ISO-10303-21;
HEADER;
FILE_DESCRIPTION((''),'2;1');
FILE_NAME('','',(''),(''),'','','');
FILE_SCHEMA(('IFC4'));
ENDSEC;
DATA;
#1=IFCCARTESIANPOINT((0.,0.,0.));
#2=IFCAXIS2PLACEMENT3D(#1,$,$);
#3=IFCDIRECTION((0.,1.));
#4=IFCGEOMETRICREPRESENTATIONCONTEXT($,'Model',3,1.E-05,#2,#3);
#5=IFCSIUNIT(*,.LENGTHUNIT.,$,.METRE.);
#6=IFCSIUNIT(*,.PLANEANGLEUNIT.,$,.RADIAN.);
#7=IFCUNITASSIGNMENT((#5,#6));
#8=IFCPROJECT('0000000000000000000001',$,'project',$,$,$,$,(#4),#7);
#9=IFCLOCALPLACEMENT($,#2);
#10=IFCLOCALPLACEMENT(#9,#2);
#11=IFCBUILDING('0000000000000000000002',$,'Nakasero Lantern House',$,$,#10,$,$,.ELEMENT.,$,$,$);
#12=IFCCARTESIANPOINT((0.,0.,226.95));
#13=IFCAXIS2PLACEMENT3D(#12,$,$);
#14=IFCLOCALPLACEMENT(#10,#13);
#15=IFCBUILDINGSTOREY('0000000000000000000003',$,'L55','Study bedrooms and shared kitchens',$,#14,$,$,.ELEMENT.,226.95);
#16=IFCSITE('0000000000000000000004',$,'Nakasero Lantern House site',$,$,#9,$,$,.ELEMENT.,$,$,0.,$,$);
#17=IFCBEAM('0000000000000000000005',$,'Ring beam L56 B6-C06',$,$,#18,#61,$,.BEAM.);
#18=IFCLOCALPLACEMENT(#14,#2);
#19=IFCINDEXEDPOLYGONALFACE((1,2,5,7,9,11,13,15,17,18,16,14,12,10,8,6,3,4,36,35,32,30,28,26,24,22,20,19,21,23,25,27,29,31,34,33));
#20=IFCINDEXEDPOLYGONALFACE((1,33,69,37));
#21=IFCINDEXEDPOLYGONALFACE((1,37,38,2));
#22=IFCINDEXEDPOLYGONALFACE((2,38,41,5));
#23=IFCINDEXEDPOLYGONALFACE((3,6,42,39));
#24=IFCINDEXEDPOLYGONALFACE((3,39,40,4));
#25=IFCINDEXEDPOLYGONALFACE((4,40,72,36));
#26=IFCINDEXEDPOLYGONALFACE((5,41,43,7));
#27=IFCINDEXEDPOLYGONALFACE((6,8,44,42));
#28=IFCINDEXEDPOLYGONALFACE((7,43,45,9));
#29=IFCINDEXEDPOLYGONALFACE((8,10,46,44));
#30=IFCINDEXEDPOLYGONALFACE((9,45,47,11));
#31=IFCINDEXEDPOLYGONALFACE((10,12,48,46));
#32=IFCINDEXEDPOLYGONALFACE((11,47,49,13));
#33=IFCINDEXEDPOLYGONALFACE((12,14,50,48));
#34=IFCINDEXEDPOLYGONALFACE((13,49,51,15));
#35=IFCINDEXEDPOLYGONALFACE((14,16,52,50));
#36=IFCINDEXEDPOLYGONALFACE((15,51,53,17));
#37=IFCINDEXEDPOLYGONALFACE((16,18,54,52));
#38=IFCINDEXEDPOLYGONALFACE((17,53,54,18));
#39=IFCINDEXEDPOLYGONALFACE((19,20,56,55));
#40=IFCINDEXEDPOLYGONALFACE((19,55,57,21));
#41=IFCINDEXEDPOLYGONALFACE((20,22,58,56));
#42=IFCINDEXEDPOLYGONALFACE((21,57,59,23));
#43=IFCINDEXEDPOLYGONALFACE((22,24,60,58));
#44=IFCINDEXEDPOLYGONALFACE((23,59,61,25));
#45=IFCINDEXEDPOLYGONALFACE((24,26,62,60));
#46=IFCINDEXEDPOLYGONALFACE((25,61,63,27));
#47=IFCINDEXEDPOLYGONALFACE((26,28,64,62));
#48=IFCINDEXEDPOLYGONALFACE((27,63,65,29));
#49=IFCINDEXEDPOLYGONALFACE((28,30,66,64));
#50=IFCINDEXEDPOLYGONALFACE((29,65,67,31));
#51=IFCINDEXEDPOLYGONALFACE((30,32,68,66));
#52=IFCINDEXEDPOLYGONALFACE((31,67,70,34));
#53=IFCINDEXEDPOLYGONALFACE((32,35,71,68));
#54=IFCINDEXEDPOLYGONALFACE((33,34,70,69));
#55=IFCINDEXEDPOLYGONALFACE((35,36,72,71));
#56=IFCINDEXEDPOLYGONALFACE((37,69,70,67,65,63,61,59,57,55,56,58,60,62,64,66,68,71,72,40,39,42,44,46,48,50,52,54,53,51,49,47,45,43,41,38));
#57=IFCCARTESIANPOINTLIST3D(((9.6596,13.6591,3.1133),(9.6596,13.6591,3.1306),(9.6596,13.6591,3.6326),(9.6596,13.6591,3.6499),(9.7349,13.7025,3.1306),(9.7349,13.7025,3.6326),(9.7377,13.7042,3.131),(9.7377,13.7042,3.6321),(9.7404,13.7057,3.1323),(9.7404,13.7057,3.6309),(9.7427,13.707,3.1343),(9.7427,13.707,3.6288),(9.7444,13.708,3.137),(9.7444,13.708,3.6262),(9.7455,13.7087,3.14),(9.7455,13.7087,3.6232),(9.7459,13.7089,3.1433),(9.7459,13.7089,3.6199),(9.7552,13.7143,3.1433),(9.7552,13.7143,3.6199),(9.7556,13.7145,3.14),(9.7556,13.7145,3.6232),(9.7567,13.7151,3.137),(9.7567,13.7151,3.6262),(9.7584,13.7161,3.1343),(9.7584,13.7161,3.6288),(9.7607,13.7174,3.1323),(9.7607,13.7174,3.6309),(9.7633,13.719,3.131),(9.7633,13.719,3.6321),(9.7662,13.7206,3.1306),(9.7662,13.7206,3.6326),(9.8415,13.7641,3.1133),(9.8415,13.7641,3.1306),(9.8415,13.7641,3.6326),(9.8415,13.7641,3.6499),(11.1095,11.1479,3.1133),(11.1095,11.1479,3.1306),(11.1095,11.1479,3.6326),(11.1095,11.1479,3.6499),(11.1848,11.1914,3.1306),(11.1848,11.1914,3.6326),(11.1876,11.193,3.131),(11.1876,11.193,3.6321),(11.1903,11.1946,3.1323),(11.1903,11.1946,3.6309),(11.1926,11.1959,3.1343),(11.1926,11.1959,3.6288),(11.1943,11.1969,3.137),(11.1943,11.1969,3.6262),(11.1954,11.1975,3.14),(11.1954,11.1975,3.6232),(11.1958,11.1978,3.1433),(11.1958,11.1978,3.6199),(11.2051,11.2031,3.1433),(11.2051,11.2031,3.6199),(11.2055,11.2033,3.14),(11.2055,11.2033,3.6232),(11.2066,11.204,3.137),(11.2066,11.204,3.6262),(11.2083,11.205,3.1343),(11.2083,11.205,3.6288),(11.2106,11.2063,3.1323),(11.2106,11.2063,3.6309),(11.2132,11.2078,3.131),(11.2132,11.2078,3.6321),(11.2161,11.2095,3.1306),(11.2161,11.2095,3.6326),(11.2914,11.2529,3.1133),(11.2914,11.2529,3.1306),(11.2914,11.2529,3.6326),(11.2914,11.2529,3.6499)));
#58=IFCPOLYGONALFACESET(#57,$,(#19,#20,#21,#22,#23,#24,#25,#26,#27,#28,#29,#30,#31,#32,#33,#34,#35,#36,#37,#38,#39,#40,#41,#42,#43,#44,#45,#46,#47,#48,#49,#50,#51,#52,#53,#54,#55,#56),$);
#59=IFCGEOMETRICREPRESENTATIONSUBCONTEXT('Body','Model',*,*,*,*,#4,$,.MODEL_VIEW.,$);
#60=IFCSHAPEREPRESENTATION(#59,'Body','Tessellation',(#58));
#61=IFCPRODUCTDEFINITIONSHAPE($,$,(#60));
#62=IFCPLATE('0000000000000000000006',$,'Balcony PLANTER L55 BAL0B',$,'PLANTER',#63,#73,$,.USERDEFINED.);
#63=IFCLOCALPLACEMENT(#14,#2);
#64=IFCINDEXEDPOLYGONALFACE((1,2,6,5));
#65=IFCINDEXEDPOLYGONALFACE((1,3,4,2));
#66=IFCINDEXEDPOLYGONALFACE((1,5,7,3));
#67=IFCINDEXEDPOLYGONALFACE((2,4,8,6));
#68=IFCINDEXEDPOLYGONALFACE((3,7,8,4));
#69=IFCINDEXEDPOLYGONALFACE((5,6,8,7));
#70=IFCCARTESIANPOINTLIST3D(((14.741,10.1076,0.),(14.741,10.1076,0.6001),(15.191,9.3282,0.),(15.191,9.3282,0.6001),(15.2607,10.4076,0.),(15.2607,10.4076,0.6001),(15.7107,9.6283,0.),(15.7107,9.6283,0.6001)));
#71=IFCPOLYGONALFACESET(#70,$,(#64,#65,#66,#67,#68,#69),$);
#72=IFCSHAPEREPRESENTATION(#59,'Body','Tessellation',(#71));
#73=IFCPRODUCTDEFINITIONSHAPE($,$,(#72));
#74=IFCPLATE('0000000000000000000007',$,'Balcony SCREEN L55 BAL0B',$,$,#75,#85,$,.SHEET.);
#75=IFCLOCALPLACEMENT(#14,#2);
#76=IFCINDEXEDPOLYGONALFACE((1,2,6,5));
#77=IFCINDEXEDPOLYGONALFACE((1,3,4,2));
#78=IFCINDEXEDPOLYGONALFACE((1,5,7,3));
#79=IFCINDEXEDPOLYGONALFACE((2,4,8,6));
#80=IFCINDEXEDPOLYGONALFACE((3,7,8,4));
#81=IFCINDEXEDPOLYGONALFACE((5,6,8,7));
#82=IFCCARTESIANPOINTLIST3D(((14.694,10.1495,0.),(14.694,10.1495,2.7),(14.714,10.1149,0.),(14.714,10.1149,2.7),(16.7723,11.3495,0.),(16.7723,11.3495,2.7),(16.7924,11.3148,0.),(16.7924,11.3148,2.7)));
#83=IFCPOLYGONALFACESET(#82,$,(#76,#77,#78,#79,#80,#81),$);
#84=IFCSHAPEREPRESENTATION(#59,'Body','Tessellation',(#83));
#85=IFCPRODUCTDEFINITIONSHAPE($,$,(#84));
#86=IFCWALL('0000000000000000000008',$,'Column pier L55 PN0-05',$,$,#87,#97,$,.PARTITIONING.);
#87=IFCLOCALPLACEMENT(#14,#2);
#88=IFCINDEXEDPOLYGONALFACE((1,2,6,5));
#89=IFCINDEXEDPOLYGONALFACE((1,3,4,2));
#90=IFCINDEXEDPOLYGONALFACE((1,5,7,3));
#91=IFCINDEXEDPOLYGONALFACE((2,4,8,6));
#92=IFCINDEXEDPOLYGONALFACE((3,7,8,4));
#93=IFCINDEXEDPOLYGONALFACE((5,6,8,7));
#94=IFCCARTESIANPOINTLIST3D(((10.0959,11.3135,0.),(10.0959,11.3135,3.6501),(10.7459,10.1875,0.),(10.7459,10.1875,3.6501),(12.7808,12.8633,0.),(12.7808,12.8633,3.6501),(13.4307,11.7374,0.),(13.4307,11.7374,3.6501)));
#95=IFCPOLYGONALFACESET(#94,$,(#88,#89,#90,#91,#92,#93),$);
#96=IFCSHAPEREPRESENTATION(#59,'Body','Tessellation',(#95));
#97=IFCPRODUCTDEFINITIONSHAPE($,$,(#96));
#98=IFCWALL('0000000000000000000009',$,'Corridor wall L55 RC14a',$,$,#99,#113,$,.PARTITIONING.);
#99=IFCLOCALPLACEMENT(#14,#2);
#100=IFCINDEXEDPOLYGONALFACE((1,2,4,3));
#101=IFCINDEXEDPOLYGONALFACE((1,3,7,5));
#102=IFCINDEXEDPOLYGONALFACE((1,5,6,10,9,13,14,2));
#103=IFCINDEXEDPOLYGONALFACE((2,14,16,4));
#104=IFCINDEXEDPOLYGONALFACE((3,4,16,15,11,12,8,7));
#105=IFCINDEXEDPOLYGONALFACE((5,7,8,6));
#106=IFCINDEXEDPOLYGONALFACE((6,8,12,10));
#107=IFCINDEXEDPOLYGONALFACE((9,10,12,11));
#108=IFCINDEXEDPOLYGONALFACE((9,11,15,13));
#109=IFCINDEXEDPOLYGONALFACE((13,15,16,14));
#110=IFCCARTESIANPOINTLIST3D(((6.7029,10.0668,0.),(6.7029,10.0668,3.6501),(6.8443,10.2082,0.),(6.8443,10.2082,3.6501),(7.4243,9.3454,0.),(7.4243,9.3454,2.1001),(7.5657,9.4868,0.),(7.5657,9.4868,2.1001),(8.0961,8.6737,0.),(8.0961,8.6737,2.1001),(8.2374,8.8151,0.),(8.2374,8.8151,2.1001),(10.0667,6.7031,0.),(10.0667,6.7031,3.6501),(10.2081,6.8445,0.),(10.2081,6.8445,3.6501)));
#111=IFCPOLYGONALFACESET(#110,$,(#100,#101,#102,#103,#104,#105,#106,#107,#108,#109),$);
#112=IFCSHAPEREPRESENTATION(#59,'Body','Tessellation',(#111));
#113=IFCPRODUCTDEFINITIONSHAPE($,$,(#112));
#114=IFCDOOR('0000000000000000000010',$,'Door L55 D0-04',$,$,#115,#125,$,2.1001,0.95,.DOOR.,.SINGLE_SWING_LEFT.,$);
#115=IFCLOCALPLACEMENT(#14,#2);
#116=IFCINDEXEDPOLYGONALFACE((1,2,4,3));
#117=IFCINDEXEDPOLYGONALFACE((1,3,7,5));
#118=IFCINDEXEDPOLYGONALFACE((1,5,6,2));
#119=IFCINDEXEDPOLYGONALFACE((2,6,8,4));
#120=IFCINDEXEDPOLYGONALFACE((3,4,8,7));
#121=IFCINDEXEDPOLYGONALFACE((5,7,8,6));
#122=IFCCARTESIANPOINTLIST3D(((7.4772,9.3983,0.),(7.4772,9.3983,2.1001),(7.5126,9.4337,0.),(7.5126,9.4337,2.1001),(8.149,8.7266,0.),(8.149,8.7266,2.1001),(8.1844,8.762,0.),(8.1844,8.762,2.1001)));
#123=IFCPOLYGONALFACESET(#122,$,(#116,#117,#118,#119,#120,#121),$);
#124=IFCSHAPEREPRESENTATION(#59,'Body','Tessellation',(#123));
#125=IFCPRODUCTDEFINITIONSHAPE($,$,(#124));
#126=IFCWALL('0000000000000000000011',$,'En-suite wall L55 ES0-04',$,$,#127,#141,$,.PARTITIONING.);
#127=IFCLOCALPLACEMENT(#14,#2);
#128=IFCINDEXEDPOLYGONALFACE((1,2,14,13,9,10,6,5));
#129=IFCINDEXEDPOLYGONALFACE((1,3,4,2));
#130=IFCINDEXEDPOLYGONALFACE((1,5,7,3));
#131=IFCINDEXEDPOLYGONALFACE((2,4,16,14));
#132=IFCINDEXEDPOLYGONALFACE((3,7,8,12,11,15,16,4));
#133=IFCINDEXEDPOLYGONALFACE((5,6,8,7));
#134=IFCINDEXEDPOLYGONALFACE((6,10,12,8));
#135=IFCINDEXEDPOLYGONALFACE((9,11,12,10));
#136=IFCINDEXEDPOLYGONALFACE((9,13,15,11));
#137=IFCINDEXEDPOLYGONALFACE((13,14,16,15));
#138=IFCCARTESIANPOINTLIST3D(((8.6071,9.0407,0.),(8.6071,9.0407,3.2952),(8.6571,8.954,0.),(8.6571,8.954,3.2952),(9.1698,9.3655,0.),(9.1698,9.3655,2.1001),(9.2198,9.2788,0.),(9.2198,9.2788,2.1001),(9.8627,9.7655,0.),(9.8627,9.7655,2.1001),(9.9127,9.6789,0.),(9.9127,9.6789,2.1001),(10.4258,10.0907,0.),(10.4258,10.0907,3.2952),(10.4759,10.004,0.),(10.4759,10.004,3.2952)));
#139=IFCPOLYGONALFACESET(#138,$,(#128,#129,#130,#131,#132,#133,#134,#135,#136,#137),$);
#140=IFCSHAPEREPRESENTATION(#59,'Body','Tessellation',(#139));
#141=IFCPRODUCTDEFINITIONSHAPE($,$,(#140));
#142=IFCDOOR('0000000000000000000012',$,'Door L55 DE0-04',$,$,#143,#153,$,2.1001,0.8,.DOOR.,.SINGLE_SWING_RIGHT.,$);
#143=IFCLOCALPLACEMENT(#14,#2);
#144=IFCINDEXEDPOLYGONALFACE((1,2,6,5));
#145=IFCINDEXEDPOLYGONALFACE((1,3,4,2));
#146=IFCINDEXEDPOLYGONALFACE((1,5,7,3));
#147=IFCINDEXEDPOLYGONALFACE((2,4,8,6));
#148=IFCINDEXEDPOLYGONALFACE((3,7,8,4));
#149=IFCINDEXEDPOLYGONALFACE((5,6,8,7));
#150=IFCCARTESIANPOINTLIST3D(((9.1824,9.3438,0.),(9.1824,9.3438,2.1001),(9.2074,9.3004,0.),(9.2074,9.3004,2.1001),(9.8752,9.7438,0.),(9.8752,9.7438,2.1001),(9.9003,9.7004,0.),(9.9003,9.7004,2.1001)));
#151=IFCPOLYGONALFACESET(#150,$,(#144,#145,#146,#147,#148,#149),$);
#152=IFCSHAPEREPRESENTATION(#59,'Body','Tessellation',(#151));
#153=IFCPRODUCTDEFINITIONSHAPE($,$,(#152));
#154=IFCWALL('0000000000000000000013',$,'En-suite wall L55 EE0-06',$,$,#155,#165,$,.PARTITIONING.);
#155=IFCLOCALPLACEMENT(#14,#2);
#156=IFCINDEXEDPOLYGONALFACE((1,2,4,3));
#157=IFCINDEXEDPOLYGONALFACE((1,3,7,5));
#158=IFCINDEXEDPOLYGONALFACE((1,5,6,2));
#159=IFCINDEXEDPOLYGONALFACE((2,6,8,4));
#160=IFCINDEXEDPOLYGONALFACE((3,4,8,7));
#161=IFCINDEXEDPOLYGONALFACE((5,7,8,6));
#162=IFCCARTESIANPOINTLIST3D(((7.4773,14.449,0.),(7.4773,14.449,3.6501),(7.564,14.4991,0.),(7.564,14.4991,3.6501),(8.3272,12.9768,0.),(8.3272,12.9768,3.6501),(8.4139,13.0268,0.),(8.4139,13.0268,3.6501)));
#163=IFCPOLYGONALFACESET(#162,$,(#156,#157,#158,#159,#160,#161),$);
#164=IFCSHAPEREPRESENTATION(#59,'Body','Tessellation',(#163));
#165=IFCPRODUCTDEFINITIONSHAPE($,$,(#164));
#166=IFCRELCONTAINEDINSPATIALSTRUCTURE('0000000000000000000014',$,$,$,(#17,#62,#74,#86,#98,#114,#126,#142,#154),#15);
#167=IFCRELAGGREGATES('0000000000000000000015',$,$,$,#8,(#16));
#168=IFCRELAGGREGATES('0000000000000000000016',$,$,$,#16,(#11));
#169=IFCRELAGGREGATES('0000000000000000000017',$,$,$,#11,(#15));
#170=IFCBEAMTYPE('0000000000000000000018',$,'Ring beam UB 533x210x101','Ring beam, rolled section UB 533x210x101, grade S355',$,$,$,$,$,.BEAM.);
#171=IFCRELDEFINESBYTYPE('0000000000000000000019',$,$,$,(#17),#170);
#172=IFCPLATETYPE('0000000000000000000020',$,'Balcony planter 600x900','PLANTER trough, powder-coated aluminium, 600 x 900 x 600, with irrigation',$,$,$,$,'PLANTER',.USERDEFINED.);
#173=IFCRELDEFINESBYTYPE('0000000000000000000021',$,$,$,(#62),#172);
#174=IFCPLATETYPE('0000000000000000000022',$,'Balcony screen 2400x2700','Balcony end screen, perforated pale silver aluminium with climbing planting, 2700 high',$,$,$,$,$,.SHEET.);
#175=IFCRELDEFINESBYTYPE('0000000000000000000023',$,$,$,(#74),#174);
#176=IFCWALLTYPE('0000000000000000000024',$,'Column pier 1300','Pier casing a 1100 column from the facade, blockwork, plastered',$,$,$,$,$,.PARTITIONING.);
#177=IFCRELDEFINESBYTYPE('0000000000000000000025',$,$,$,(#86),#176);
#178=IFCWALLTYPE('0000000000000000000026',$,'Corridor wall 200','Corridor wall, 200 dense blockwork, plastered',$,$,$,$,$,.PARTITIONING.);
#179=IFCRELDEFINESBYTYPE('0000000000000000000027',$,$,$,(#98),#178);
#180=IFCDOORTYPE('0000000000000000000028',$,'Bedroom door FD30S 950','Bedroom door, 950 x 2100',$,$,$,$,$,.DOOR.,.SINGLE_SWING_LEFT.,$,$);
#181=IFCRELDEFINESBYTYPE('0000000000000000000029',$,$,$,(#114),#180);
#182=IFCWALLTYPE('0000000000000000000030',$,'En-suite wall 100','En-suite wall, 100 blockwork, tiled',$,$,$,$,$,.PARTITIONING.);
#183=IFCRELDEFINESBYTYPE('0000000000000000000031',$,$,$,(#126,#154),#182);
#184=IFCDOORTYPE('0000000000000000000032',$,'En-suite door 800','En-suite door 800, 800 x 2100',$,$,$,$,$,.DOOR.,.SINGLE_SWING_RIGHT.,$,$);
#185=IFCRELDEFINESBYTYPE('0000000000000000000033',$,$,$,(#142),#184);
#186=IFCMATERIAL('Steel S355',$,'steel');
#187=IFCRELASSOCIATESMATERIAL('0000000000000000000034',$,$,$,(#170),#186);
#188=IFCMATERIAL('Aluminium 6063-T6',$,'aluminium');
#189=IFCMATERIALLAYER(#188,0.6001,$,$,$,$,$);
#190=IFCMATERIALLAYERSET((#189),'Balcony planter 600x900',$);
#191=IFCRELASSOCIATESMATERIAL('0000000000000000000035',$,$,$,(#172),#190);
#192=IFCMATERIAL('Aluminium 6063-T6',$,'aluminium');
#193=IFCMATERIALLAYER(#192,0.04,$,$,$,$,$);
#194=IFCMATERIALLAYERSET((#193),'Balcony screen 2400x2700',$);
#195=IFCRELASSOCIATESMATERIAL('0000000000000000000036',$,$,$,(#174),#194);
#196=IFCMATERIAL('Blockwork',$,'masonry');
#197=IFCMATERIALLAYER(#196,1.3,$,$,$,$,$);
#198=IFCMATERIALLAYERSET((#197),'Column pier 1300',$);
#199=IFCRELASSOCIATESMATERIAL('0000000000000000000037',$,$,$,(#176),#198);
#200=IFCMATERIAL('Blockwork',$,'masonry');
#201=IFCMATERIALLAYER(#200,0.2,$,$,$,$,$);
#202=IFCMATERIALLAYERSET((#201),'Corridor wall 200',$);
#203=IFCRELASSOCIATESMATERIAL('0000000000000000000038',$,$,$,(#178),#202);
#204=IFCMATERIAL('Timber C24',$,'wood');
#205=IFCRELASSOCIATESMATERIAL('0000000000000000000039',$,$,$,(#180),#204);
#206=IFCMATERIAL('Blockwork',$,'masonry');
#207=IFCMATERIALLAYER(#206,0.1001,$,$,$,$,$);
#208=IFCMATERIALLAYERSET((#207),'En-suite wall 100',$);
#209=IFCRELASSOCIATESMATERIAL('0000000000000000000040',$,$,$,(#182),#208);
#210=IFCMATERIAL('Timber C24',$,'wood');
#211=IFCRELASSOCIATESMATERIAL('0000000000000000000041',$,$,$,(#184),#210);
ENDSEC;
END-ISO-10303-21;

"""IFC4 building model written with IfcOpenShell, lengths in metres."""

from ifc_helpers import new_model, si_unit, direction, frame, frame_2d, origin, origin_2d, place, context, subcontext, project, spatial, rectangle, i_section, extrude, material, layer, layer_set, material_profile, profile_set, type_object, element, fill, save


model = new_model("IFC4")

# Units and contexts
model_context = context("Model", 3, precision=1e-05, world=origin(), true_north=direction((0.0, 1.0)))
body_context = subcontext(model_context, "Body", "Model", "MODEL_VIEW")
ifc_project = project(units=[si_unit("LENGTHUNIT", "METRE"), si_unit("PLANEANGLEUNIT", "RADIAN")], contexts=[model_context])

# Site, building, storey
site_placement = place(None, origin())
site = spatial("IfcSite", under=ifc_project, at=site_placement, Name="Nakasero Lantern House site", CompositionType="ELEMENT", RefElevation=0.0)
building_placement = place(site_placement, origin())
building = spatial("IfcBuilding", under=site, at=building_placement, Name="Nakasero Lantern House", CompositionType="ELEMENT")
storey_placement = place(building_placement, frame((0.0, 0.0, 226.95)))
storey = spatial("IfcBuildingStorey", under=building, at=storey_placement, Name="L55", Description="Study bedrooms and shared kitchens", CompositionType="ELEMENT", Elevation=226.95)

# Beam
ifc_material_1 = material(Name="Steel S355", Category="steel")
ifc_material_profile_1 = material_profile(ifc_material_1, i_section(OverallWidth=0.21, OverallDepth=0.5366, WebThickness=0.0107, FlangeThickness=0.0173, FilletRadius=0.0127, at=origin_2d()), Name="UB 533x210x101")
ifc_profile_set_1 = profile_set([ifc_material_profile_1], Name="Steel S355")
beam_type_1 = type_object("IfcBeamType", Name="Ring beam UB 533x210x101", Description="Ring beam, rolled section UB 533x210x101, grade S355", PredefinedType="BEAM", material=ifc_profile_set_1)
beam_1_placement = place(storey_placement, frame((11.2004, 11.2004, 3.3816), z_axis=(-0.500024, 0.866012, 0.0), x_axis=(-0.866012, -0.500024, 0.0)))
element("IfcBeam", 1, at=beam_1_placement, inside=storey, type_object=beam_type_1, Name="Ring beam L56 B6-C06", PredefinedType="BEAM", context=body_context, shape_type="SweptSolid", body=[
    extrude(i_section(OverallWidth=0.21, OverallDepth=0.5366, WebThickness=0.0107, FlangeThickness=0.0173, FilletRadius=0.0127, at=origin_2d()), origin(), (0.0, 0.0, 1.0), 2.8997),
])

# Plates
ifc_material_2 = material(Name="Aluminium 6063-T6", Category="aluminium")
ifc_layer_1 = layer(ifc_material_2, 0.6001)
ifc_layer_set_1 = layer_set([ifc_layer_1], Name="Balcony planter 600x900")
plate_type_1 = type_object("IfcPlateType", Name="Balcony planter 600x900", Description="PLANTER trough, powder-coated aluminium, 600 x 900 x 600, with irrigation", ElementType="PLANTER", PredefinedType="USERDEFINED", material=ifc_layer_set_1)
plate_1_placement = place(storey_placement, frame((15.2258, 9.8679, 0.0), z_axis=(0.0, 0.0, 1.0), x_axis=(0.866025, 0.5, 0.0)))
element("IfcPlate", 2, at=plate_1_placement, inside=storey, type_object=plate_type_1, Name="Balcony PLANTER L55 BAL0B", ObjectType="PLANTER", PredefinedType="USERDEFINED", context=body_context, shape_type="SweptSolid", body=[
    extrude(rectangle(XDim=0.6001, YDim=0.8999, at=origin_2d()), origin(), (0.0, 0.0, 1.0), 0.6001),
])
ifc_material_3 = material(Name="Aluminium 6063-T6", Category="aluminium")
ifc_layer_2 = layer(ifc_material_3, 0.04)
ifc_layer_set_2 = layer_set([ifc_layer_2], Name="Balcony screen 2400x2700")
plate_type_2 = type_object("IfcPlateType", Name="Balcony screen 2400x2700", Description="Balcony end screen, perforated pale silver aluminium with climbing planting, 2700 high", PredefinedType="SHEET", material=ifc_layer_set_2)
plate_2_placement = place(storey_placement, frame((15.7432, 10.7322, 0.0), z_axis=(0.0, 0.0, 1.0), x_axis=(0.866025, 0.5, 0.0)))
element("IfcPlate", 3, at=plate_2_placement, inside=storey, type_object=plate_type_2, Name="Balcony SCREEN L55 BAL0B", PredefinedType="SHEET", context=body_context, shape_type="SweptSolid", body=[
    extrude(rectangle(XDim=2.3999, YDim=0.04, at=origin_2d()), origin(), (0.0, 0.0, 1.0), 2.7),
])

# Wall
ifc_material_4 = material(Name="Blockwork", Category="masonry")
ifc_layer_3 = layer(ifc_material_4, 1.3)
ifc_layer_set_3 = layer_set([ifc_layer_3], Name="Column pier 1300")
wall_type_1 = type_object("IfcWallType", Name="Column pier 1300", Description="Pier casing a 1100 column from the facade, blockwork, plastered", PredefinedType="PARTITIONING", material=ifc_layer_set_3)
wall_1_placement = place(storey_placement, frame((10.4209, 10.7505, 0.0), z_axis=(0.0, 0.0, 1.0), x_axis=(0.866064, 0.499934, 0.0)))
element("IfcWall", 4, at=wall_1_placement, inside=storey, type_object=wall_type_1, Name="Column pier L55 PN0-05", PredefinedType="PARTITIONING", context=body_context, shape_type="SweptSolid", body=[
    extrude(rectangle(XDim=3.1001, YDim=1.3, at=frame_2d((1.55, 0.0))), origin(), (0.0, 0.0, 1.0), 3.6501),
])

# Walls, openings, doors
ifc_material_5 = material(Name="Blockwork", Category="masonry")
ifc_layer_4 = layer(ifc_material_5, 0.2)
ifc_layer_set_4 = layer_set([ifc_layer_4], Name="Corridor wall 200")
wall_type_2 = type_object("IfcWallType", Name="Corridor wall 200", Description="Corridor wall, 200 dense blockwork, plastered", PredefinedType="PARTITIONING", material=ifc_layer_set_4)
wall_2_placement = place(storey_placement, frame((6.7737, 10.1375, 0.0), z_axis=(0.0, 0.0, 1.0), x_axis=(0.707107, -0.707107, 0.0)))
wall_2 = element("IfcWall", 5, at=wall_2_placement, inside=storey, type_object=wall_type_2, Name="Corridor wall L55 RC14a", PredefinedType="PARTITIONING", context=body_context, shape_type="SweptSolid", body=[
    extrude(rectangle(XDim=4.7571, YDim=0.2, at=frame_2d((2.3784, 0.0))), origin(), (0.0, 0.0, 1.0), 3.6501),
])
opening_1_placement = place(wall_2_placement, frame((1.02, 0.0, 0.0)))
opening_1 = element("IfcOpeningElement", 6, at=opening_1_placement, cuts=wall_2, PredefinedType="OPENING", context=body_context, shape_type="SweptSolid", body=[
    extrude(rectangle(XDim=0.95, YDim=2.1001, at=frame_2d((0.4751, 1.05))), frame((0.0, 0.1199, 0.0), z_axis=(0.0, -1.0, 0.0), x_axis=(1.0, 0.0, 0.0)), (0.0, 0.0, 1.0), 0.24),
])
ifc_material_6 = material(Name="Timber C24", Category="wood")
door_type_1 = type_object("IfcDoorType", Name="Bedroom door FD30S 950", Description="Bedroom door, 950 x 2100", OperationType="SINGLE_SWING_LEFT", PredefinedType="DOOR", material=ifc_material_6)
door_1_placement = place(opening_1_placement, origin())
door_1 = element("IfcDoor", 7, at=door_1_placement, inside=storey, type_object=door_type_1, Name="Door L55 D0-04", OperationType="SINGLE_SWING_LEFT", OverallHeight=2.1001, OverallWidth=0.95, PredefinedType="DOOR", context=body_context, shape_type="SweptSolid", body=[
    extrude(rectangle(XDim=0.95, YDim=2.1001, at=frame_2d((0.4751, 1.05))), frame((0.0, 0.0249, 0.0), z_axis=(0.0, -1.0, 0.0), x_axis=(1.0, 0.0, 0.0)), (0.0, 0.0, 1.0), 0.05),
])
fill(opening_1, door_1)
ifc_material_7 = material(Name="Blockwork", Category="masonry")
ifc_layer_5 = layer(ifc_material_7, 0.1001)
ifc_layer_set_5 = layer_set([ifc_layer_5], Name="En-suite wall 100")
wall_type_3 = type_object("IfcWallType", Name="En-suite wall 100", Description="En-suite wall, 100 blockwork, tiled", PredefinedType="PARTITIONING", material=ifc_layer_set_5)
wall_3_placement = place(storey_placement, frame((8.6321, 8.9973, 0.0), z_axis=(0.0, 0.0, 1.0), x_axis=(0.866038, 0.499977, 0.0)))
wall_3 = element("IfcWall", 8, at=wall_3_placement, inside=storey, type_object=wall_type_3, Name="En-suite wall L55 ES0-04", PredefinedType="PARTITIONING", context=body_context, shape_type="SweptSolid", body=[
    extrude(rectangle(XDim=2.1001, YDim=0.1001, at=frame_2d((1.05, 0.0))), origin(), (0.0, 0.0, 1.0), 3.2952),
])
opening_2_placement = place(wall_3_placement, frame((0.6499, 0.0, 0.0)))
opening_2 = element("IfcOpeningElement", 9, at=opening_2_placement, cuts=wall_3, PredefinedType="OPENING", context=body_context, shape_type="SweptSolid", body=[
    extrude(rectangle(XDim=0.8, YDim=2.1001, at=frame_2d((0.3999, 1.05))), frame((0.0, 0.0701, 0.0), z_axis=(0.0, -1.0, 0.0), x_axis=(1.0, 0.0, 0.0)), (0.0, 0.0, 1.0), 0.1401),
])
ifc_material_8 = material(Name="Timber C24", Category="wood")
door_type_2 = type_object("IfcDoorType", Name="En-suite door 800", Description="En-suite door 800, 800 x 2100", OperationType="SINGLE_SWING_RIGHT", PredefinedType="DOOR", material=ifc_material_8)
door_2_placement = place(opening_2_placement, origin())
door_2 = element("IfcDoor", 10, at=door_2_placement, inside=storey, type_object=door_type_2, Name="Door L55 DE0-04", OperationType="SINGLE_SWING_RIGHT", OverallHeight=2.1001, OverallWidth=0.8, PredefinedType="DOOR", context=body_context, shape_type="SweptSolid", body=[
    extrude(rectangle(XDim=0.8, YDim=2.1001, at=frame_2d((0.3999, 1.05))), frame((0.0, 0.0249, 0.0), z_axis=(0.0, -1.0, 0.0), x_axis=(1.0, 0.0, 0.0)), (0.0, 0.0, 1.0), 0.05),
])
fill(opening_2, door_2)

# Wall
wall_4_placement = place(storey_placement, frame((8.3706, 13.0017, 0.0), z_axis=(0.0, 0.0, 1.0), x_axis=(-0.499955, 0.866052, 0.0)))
element("IfcWall", 11, at=wall_4_placement, inside=storey, type_object=wall_type_3, Name="En-suite wall L55 EE0-06", PredefinedType="PARTITIONING", context=body_context, shape_type="SweptSolid", body=[
    extrude(rectangle(XDim=1.7, YDim=0.1001, at=frame_2d((0.8501, 0.0))), origin(), (0.0, 0.0, 1.0), 3.6501),
])

save(model, "model.ifc")
